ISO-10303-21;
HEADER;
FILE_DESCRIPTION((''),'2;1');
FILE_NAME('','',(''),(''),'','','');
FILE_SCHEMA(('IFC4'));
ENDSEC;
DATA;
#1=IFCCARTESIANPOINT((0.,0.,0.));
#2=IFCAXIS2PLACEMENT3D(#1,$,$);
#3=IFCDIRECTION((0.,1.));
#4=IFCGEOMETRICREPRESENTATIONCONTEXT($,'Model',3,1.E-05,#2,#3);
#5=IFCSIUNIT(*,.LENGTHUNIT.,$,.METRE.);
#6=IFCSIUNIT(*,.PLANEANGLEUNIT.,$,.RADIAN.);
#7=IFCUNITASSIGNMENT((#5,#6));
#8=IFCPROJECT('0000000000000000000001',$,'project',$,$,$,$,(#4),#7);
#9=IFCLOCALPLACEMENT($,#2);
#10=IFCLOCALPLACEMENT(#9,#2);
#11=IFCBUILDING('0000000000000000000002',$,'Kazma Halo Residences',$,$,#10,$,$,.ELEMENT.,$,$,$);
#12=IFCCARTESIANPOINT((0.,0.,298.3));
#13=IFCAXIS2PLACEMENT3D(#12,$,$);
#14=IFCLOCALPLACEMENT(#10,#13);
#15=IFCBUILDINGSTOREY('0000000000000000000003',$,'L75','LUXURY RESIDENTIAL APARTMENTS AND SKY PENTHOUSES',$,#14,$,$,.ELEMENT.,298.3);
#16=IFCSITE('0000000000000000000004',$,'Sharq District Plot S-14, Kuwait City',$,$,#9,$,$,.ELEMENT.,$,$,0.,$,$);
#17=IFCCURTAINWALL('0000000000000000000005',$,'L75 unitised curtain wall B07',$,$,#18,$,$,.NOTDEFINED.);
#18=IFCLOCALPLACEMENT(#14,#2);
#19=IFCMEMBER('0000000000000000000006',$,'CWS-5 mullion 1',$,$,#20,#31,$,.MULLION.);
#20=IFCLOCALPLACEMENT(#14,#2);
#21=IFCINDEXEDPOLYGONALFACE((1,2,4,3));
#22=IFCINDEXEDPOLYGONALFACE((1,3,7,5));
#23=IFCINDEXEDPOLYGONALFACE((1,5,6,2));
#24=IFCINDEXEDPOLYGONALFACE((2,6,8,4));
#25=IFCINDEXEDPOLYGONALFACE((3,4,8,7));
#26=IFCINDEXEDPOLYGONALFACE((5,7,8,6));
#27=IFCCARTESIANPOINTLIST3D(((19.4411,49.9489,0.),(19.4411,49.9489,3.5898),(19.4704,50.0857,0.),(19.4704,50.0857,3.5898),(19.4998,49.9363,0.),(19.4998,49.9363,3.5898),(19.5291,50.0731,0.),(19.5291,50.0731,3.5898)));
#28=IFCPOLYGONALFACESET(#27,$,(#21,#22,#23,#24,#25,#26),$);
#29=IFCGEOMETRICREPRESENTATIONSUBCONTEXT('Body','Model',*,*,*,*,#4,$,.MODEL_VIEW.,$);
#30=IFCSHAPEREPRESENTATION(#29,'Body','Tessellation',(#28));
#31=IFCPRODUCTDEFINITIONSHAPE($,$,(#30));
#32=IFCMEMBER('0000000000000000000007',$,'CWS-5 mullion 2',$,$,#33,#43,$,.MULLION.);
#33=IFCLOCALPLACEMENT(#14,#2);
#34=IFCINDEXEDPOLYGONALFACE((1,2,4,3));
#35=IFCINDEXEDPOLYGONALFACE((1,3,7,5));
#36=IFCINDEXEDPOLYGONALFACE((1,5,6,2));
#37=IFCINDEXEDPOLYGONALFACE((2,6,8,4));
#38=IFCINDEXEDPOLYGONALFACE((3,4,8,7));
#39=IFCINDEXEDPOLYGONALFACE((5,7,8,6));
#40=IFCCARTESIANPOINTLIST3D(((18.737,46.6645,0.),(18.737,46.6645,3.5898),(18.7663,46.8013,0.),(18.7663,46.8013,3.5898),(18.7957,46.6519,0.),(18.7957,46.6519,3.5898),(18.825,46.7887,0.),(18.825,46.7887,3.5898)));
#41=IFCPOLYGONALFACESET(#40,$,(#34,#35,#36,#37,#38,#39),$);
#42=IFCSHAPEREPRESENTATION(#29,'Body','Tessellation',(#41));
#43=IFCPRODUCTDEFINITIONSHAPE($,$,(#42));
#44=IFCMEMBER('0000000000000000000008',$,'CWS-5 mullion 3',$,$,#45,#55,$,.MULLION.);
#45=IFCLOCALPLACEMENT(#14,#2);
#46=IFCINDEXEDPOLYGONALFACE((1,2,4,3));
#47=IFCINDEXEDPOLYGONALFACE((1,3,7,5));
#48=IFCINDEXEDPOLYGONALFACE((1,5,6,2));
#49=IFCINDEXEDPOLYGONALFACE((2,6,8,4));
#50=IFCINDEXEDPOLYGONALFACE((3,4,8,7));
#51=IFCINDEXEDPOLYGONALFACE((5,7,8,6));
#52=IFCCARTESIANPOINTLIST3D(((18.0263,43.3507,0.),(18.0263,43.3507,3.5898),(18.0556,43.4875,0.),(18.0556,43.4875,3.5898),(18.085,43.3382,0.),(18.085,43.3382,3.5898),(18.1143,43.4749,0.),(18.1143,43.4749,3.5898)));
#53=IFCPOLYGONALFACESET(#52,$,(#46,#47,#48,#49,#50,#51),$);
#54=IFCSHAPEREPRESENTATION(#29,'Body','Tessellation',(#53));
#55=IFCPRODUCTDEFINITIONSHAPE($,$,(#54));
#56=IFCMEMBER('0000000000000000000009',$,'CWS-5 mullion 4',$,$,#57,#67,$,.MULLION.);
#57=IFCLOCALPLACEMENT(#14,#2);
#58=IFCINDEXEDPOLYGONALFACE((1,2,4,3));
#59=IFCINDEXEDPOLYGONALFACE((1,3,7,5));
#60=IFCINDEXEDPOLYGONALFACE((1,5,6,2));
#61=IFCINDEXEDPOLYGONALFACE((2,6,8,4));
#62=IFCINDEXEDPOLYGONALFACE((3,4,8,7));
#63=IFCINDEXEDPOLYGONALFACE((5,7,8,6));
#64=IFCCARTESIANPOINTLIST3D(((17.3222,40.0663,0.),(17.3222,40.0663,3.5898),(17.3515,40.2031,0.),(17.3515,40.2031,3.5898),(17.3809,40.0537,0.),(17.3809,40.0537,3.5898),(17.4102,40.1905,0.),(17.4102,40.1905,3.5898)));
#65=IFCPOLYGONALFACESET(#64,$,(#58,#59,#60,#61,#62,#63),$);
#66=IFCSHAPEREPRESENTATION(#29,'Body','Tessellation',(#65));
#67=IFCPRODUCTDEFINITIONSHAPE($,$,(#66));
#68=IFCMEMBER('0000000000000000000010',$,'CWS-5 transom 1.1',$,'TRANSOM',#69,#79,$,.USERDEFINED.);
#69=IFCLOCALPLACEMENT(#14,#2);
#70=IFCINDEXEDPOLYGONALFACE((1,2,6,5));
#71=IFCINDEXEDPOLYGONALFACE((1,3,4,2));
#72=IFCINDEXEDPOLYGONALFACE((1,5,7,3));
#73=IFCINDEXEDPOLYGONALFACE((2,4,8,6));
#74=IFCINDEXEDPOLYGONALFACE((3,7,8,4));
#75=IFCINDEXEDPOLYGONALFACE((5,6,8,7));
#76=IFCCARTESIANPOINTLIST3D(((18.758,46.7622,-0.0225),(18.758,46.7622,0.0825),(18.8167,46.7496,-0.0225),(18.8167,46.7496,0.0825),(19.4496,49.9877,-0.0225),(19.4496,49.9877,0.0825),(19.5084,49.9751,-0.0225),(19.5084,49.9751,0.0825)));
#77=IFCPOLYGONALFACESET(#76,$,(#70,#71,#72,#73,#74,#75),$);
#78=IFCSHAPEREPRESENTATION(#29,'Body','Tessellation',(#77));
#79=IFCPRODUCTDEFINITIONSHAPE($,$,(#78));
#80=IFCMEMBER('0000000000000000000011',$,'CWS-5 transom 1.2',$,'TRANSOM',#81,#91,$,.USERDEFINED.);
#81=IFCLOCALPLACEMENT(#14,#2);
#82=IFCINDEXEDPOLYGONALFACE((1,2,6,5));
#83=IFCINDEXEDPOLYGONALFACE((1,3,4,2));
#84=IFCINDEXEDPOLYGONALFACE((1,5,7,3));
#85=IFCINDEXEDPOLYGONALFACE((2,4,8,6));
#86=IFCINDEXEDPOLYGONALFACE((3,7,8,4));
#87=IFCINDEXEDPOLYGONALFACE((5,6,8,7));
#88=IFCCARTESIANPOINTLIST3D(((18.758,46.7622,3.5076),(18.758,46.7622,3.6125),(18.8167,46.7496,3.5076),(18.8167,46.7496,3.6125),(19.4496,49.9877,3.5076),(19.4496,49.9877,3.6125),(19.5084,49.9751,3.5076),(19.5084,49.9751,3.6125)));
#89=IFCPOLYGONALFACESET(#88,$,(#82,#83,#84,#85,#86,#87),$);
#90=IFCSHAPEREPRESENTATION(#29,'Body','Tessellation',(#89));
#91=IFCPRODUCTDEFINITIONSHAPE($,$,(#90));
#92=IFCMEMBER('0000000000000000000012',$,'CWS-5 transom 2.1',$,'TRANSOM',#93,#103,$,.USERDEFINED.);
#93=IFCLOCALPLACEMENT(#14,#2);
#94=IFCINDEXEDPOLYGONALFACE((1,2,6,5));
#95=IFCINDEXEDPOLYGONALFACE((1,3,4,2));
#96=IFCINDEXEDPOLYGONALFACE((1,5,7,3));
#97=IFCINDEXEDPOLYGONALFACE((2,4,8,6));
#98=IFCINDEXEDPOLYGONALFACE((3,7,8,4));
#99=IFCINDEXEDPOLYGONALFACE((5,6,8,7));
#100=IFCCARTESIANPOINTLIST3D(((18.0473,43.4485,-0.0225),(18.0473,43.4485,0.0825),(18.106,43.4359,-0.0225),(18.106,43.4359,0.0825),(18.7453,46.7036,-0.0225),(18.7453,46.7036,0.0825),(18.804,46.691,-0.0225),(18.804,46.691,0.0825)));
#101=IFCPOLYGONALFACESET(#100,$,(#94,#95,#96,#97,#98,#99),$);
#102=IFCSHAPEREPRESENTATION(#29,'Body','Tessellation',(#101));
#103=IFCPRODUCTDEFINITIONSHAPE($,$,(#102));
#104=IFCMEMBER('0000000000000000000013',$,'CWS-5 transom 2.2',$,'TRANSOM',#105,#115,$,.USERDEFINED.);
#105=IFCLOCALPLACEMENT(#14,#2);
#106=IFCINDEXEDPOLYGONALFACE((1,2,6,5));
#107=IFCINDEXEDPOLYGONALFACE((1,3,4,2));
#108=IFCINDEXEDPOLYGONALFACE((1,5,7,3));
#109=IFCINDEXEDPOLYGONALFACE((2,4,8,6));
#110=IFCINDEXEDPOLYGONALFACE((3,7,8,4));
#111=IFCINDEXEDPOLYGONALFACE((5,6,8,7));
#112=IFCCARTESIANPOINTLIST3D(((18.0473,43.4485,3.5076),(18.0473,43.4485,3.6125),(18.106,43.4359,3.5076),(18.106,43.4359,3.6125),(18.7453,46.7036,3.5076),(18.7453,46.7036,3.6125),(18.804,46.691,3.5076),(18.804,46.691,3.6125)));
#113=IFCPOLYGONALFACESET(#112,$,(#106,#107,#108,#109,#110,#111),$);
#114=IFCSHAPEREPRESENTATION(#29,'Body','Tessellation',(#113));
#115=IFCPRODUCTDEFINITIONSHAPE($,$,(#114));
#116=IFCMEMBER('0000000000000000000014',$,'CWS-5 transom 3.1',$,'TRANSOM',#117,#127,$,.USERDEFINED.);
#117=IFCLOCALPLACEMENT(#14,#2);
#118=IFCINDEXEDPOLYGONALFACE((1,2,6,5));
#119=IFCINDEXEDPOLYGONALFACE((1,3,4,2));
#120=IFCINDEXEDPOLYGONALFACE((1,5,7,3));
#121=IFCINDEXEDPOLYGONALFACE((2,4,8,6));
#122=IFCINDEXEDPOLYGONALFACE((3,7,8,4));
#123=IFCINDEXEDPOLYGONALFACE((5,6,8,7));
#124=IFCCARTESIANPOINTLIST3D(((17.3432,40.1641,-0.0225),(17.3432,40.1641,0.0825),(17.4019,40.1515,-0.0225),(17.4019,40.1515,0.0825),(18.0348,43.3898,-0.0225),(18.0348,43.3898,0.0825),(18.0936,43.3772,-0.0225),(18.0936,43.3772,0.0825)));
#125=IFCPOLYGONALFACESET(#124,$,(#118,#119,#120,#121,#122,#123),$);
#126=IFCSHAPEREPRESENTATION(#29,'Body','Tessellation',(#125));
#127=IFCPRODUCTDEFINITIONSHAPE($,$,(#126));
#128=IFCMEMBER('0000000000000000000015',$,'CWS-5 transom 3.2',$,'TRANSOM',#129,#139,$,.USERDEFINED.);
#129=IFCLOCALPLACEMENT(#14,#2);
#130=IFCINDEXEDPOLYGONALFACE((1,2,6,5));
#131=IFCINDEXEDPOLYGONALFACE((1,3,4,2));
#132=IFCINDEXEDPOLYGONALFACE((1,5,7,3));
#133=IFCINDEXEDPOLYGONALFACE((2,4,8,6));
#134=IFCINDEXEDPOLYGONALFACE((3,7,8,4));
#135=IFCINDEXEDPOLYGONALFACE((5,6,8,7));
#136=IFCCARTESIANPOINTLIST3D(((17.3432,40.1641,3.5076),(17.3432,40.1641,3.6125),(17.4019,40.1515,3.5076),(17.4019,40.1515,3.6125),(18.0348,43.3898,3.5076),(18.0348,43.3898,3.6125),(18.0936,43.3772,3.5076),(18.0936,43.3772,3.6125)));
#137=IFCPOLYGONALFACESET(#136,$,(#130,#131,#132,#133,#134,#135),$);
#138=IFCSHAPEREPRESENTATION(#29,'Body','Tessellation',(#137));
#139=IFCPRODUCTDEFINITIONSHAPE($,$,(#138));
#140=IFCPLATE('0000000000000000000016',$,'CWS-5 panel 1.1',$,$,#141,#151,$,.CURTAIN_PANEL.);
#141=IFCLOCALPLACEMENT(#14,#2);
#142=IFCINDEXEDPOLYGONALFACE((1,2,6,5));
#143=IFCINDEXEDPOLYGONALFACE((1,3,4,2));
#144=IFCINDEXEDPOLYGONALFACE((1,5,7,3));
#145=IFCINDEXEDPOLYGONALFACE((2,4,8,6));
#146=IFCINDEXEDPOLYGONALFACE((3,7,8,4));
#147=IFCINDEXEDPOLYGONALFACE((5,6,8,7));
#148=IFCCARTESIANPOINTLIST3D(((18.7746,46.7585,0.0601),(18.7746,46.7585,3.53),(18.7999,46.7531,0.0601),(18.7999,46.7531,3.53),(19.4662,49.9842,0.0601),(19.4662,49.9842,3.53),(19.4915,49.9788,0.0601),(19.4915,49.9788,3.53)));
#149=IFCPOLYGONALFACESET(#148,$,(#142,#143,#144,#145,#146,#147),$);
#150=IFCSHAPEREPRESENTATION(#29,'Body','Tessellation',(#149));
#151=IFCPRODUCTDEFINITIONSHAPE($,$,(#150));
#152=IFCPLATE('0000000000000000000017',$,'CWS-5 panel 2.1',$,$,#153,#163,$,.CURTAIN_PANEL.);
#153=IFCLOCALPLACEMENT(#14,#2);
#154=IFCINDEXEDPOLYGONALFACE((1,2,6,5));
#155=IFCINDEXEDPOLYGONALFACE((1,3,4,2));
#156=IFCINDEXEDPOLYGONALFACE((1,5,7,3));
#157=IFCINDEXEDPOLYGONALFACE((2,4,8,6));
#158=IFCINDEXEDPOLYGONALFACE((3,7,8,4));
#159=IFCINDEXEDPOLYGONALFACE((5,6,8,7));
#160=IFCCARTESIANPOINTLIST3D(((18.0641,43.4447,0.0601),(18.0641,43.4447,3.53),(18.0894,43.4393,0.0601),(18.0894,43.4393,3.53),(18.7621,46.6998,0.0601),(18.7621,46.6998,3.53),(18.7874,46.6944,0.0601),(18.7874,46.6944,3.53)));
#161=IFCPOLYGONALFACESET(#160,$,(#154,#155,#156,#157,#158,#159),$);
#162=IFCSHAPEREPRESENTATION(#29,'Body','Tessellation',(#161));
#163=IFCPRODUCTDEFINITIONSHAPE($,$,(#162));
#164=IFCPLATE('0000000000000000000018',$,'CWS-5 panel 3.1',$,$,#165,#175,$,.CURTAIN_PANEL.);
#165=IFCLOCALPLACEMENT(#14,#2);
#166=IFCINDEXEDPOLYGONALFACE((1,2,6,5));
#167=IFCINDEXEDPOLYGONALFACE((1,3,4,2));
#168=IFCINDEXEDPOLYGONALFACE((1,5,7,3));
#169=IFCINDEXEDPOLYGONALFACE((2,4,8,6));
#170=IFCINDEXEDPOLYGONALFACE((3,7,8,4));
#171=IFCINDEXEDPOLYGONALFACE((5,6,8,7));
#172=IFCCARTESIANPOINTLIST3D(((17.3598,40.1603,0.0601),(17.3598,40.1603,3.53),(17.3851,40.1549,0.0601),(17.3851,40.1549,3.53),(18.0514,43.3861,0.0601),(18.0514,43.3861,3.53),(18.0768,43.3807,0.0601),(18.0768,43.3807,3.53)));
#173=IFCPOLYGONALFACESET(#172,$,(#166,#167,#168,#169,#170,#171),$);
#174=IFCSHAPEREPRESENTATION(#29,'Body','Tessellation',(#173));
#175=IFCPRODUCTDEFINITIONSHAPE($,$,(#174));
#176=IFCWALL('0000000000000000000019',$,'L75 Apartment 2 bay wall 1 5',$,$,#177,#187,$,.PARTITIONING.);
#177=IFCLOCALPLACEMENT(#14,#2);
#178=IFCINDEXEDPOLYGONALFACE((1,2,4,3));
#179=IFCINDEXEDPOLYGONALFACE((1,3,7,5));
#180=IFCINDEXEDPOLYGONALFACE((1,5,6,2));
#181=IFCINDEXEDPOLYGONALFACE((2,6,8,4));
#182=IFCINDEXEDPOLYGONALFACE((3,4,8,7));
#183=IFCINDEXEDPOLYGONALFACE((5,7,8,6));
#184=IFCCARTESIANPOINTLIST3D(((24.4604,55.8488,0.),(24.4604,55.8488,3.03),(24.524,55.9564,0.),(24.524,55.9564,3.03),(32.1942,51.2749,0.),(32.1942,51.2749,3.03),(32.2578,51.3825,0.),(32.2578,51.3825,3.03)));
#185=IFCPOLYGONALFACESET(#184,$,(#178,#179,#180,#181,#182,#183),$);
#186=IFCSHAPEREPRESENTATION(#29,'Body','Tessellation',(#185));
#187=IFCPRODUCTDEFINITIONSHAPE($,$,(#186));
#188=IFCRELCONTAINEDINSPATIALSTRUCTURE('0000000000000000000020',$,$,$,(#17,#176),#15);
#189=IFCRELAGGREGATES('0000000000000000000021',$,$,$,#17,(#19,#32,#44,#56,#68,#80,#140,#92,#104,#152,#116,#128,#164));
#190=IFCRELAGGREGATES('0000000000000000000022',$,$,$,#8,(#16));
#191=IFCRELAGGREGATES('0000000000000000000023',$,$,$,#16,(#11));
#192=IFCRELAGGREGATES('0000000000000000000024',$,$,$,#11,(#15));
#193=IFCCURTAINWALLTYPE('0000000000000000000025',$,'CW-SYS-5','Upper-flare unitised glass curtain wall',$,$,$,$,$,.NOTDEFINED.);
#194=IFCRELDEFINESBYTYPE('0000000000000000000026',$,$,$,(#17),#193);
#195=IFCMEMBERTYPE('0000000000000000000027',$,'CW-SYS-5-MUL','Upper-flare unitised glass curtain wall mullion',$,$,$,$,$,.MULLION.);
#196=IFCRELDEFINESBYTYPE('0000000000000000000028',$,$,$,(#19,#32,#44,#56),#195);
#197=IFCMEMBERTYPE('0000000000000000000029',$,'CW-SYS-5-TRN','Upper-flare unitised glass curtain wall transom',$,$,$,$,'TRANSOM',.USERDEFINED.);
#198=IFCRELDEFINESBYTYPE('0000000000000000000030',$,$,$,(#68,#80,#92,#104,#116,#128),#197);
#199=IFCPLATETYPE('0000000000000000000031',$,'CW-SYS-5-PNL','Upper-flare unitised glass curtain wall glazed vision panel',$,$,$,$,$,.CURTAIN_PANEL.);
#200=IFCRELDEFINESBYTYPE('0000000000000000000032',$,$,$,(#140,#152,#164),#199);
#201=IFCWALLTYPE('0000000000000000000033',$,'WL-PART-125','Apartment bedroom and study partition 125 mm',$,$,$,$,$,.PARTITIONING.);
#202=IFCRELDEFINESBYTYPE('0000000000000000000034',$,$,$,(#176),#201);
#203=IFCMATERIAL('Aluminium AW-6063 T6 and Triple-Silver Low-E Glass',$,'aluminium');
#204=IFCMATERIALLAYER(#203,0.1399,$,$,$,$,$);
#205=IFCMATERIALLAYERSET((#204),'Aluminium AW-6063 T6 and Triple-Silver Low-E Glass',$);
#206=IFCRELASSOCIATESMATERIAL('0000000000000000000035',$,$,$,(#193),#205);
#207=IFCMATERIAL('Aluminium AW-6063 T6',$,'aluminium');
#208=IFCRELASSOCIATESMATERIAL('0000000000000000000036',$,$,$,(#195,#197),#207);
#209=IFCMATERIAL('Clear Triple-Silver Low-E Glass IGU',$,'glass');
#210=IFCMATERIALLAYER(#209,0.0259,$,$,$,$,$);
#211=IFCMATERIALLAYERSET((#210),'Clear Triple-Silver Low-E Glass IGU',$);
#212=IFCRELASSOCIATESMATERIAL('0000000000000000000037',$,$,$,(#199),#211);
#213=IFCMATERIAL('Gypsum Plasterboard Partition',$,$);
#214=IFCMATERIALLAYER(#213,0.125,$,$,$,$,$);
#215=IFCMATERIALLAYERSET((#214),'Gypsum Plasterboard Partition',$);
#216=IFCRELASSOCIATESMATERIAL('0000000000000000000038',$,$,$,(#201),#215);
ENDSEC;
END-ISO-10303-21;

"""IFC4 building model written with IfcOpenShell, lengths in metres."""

from ifc_helpers import new_model, si_unit, direction, frame, frame_2d, origin, origin_2d, place, context, subcontext, project, spatial, rectangle, extrude, material, layer, layer_set, material_profile, profile_set, type_object, element, aggregate, save


model = new_model("IFC4")

# Units and contexts
model_context = context("Model", 3, precision=1e-05, world=origin(), true_north=direction((0.0, 1.0)))
body_context = subcontext(model_context, "Body", "Model", "MODEL_VIEW")
ifc_project = project(units=[si_unit("LENGTHUNIT", "METRE"), si_unit("PLANEANGLEUNIT", "RADIAN")], contexts=[model_context])

# Site, building, storey
site_placement = place(None, origin())
site = spatial("IfcSite", under=ifc_project, at=site_placement, Name="Sharq District Plot S-14, Kuwait City", CompositionType="ELEMENT", RefElevation=0.0)
building_placement = place(site_placement, origin())
building = spatial("IfcBuilding", under=site, at=building_placement, Name="Kazma Halo Residences", CompositionType="ELEMENT")
storey_placement = place(building_placement, frame((0.0, 0.0, 298.3)))
storey = spatial("IfcBuildingStorey", under=building, at=storey_placement, Name="L75", Description="LUXURY RESIDENTIAL APARTMENTS AND SKY PENTHOUSES", CompositionType="ELEMENT", Elevation=298.3)

# Curtain wall, members, plates
ifc_material_1 = material(Name="Aluminium AW-6063 T6 and Triple-Silver Low-E Glass", Category="aluminium")
ifc_layer_1 = layer(ifc_material_1, 0.1399)
ifc_layer_set_1 = layer_set([ifc_layer_1], Name="Aluminium AW-6063 T6 and Triple-Silver Low-E Glass")
curtain_wall_type = type_object("IfcCurtainWallType", Name="CW-SYS-5", Description="Upper-flare unitised glass curtain wall", PredefinedType="NOTDEFINED", material=ifc_layer_set_1)
curtain_wall_placement = place(storey_placement, origin())
curtain_wall = element("IfcCurtainWall", 1, at=curtain_wall_placement, inside=storey, type_object=curtain_wall_type, Name="L75 unitised curtain wall B07", PredefinedType="NOTDEFINED")
ifc_material_2 = material(Name="Aluminium AW-6063 T6", Category="aluminium")
ifc_material_profile_1 = material_profile(ifc_material_2, rectangle(XDim=0.0601, YDim=0.1399, at=origin_2d()), Name="CWM-60x140")
ifc_profile_set_1 = profile_set([ifc_material_profile_1], Name="Aluminium AW-6063 T6")
member_type_1 = type_object("IfcMemberType", Name="CW-SYS-5-MUL", Description="Upper-flare unitised glass curtain wall mullion", PredefinedType="MULLION", material=ifc_profile_set_1)
member_1_placement = place(storey_placement, frame((19.4851, 50.011, 0.0), z_axis=(0.0, 0.0, 1.0), x_axis=(0.977775, -0.209657, 0.0)))
member_1 = element("IfcMember", 2, at=member_1_placement, type_object=member_type_1, Name="CWS-5 mullion 1", PredefinedType="MULLION", context=body_context, shape_type="SweptSolid", body=[
    extrude(rectangle(XDim=0.0601, YDim=0.1399, at=origin_2d()), origin(), (0.0, 0.0, 1.0), 3.5898),
])
member_2_placement = place(storey_placement, frame((18.781, 46.7266, 0.0), z_axis=(0.0, 0.0, 1.0), x_axis=(0.977775, -0.209657, 0.0)))
member_2 = element("IfcMember", 3, at=member_2_placement, type_object=member_type_1, Name="CWS-5 mullion 2", PredefinedType="MULLION", context=body_context, shape_type="SweptSolid", body=[
    extrude(rectangle(XDim=0.0601, YDim=0.1399, at=origin_2d()), origin(), (0.0, 0.0, 1.0), 3.5898),
])
member_3_placement = place(storey_placement, frame((18.0703, 43.4128, 0.0), z_axis=(0.0, 0.0, 1.0), x_axis=(0.977775, -0.209657, 0.0)))
member_3 = element("IfcMember", 4, at=member_3_placement, type_object=member_type_1, Name="CWS-5 mullion 3", PredefinedType="MULLION", context=body_context, shape_type="SweptSolid", body=[
    extrude(rectangle(XDim=0.0601, YDim=0.1399, at=origin_2d()), origin(), (0.0, 0.0, 1.0), 3.5898),
])
member_4_placement = place(storey_placement, frame((17.3662, 40.1284, 0.0), z_axis=(0.0, 0.0, 1.0), x_axis=(0.977775, -0.209657, 0.0)))
member_4 = element("IfcMember", 5, at=member_4_placement, type_object=member_type_1, Name="CWS-5 mullion 4", PredefinedType="MULLION", context=body_context, shape_type="SweptSolid", body=[
    extrude(rectangle(XDim=0.0601, YDim=0.1399, at=origin_2d()), origin(), (0.0, 0.0, 1.0), 3.5898),
])
ifc_material_profile_2 = material_profile(ifc_material_2, rectangle(XDim=0.0601, YDim=0.105, at=origin_2d()), Name="CWT-60x105")
ifc_profile_set_2 = profile_set([ifc_material_profile_2], Name="Aluminium AW-6063 T6")
member_type_2 = type_object("IfcMemberType", Name="CW-SYS-5-TRN", Description="Upper-flare unitised glass curtain wall transom", ElementType="TRANSOM", PredefinedType="USERDEFINED", material=ifc_profile_set_2)
member_5_placement = place(storey_placement, frame((19.479, 49.9814, 0.03), z_axis=(-0.20966, -0.977774, 0.0), x_axis=(0.977774, -0.20966, 0.0)))
member_5 = element("IfcMember", 6, at=member_5_placement, type_object=member_type_2, Name="CWS-5 transom 1.1", ObjectType="TRANSOM", PredefinedType="USERDEFINED", context=body_context, shape_type="SweptSolid", body=[
    extrude(rectangle(XDim=0.0601, YDim=0.105, at=origin_2d()), origin(), (0.0, 0.0, 1.0), 3.2988),
])
member_6_placement = place(storey_placement, frame((19.479, 49.9814, 3.5601), z_axis=(-0.20966, -0.977774, 0.0), x_axis=(0.977774, -0.20966, 0.0)))
member_6 = element("IfcMember", 7, at=member_6_placement, type_object=member_type_2, Name="CWS-5 transom 1.2", ObjectType="TRANSOM", PredefinedType="USERDEFINED", context=body_context, shape_type="SweptSolid", body=[
    extrude(rectangle(XDim=0.0601, YDim=0.105, at=origin_2d()), origin(), (0.0, 0.0, 1.0), 3.2988),
])
member_7_placement = place(storey_placement, frame((18.7747, 46.6973, 0.03), z_axis=(-0.209664, -0.977773, 0.0), x_axis=(0.977773, -0.209664, 0.0)))
member_7 = element("IfcMember", 8, at=member_7_placement, type_object=member_type_2, Name="CWS-5 transom 2.1", ObjectType="TRANSOM", PredefinedType="USERDEFINED", context=body_context, shape_type="SweptSolid", body=[
    extrude(rectangle(XDim=0.0601, YDim=0.105, at=origin_2d()), origin(), (0.0, 0.0, 1.0), 3.3291),
])
member_8_placement = place(storey_placement, frame((18.7747, 46.6973, 3.5601), z_axis=(-0.209664, -0.977773, 0.0), x_axis=(0.977773, -0.209664, 0.0)))
member_8 = element("IfcMember", 9, at=member_8_placement, type_object=member_type_2, Name="CWS-5 transom 2.2", ObjectType="TRANSOM", PredefinedType="USERDEFINED", context=body_context, shape_type="SweptSolid", body=[
    extrude(rectangle(XDim=0.0601, YDim=0.105, at=origin_2d()), origin(), (0.0, 0.0, 1.0), 3.3291),
])
member_9_placement = place(storey_placement, frame((18.0642, 43.3835, 0.03), z_axis=(-0.209645, -0.977777, 0.0), x_axis=(0.977777, -0.209645, 0.0)))
member_9 = element("IfcMember", 10, at=member_9_placement, type_object=member_type_2, Name="CWS-5 transom 3.1", ObjectType="TRANSOM", PredefinedType="USERDEFINED", context=body_context, shape_type="SweptSolid", body=[
    extrude(rectangle(XDim=0.0601, YDim=0.105, at=origin_2d()), origin(), (0.0, 0.0, 1.0), 3.2991),
])
member_10_placement = place(storey_placement, frame((18.0642, 43.3835, 3.5601), z_axis=(-0.209645, -0.977777, 0.0), x_axis=(0.977777, -0.209645, 0.0)))
member_10 = element("IfcMember", 11, at=member_10_placement, type_object=member_type_2, Name="CWS-5 transom 3.2", ObjectType="TRANSOM", PredefinedType="USERDEFINED", context=body_context, shape_type="SweptSolid", body=[
    extrude(rectangle(XDim=0.0601, YDim=0.105, at=origin_2d()), origin(), (0.0, 0.0, 1.0), 3.2991),
])
ifc_material_3 = material(Name="Clear Triple-Silver Low-E Glass IGU", Category="glass")
ifc_layer_2 = layer(ifc_material_3, 0.0259)
ifc_layer_set_2 = layer_set([ifc_layer_2], Name="Clear Triple-Silver Low-E Glass IGU")
plate_type = type_object("IfcPlateType", Name="CW-SYS-5-PNL", Description="Upper-flare unitised glass curtain wall glazed vision panel", PredefinedType="CURTAIN_PANEL", material=ifc_layer_set_2)
plate_1_placement = place(storey_placement, frame((19.1331, 48.3687, 0.0601), z_axis=(0.0, 0.0, 1.0), x_axis=(-0.209657, -0.977775, 0.0)))
plate_1 = element("IfcPlate", 12, at=plate_1_placement, type_object=plate_type, Name="CWS-5 panel 1.1", PredefinedType="CURTAIN_PANEL", context=body_context, shape_type="SweptSolid", body=[
    extrude(rectangle(XDim=3.2991, YDim=0.0259, at=origin_2d()), origin(), (0.0, 0.0, 1.0), 3.47),
])
plate_2_placement = place(storey_placement, frame((18.4258, 45.0696, 0.0601), z_axis=(0.0, 0.0, 1.0), x_axis=(-0.209657, -0.977775, 0.0)))
plate_2 = element("IfcPlate", 13, at=plate_2_placement, type_object=plate_type, Name="CWS-5 panel 2.1", PredefinedType="CURTAIN_PANEL", context=body_context, shape_type="SweptSolid", body=[
    extrude(rectangle(XDim=3.3291, YDim=0.0259, at=origin_2d()), origin(), (0.0, 0.0, 1.0), 3.47),
])
plate_3_placement = place(storey_placement, frame((17.7183, 41.7705, 0.0601), z_axis=(0.0, 0.0, 1.0), x_axis=(-0.209657, -0.977775, 0.0)))
plate_3 = element("IfcPlate", 14, at=plate_3_placement, type_object=plate_type, Name="CWS-5 panel 3.1", PredefinedType="CURTAIN_PANEL", context=body_context, shape_type="SweptSolid", body=[
    extrude(rectangle(XDim=3.2991, YDim=0.0259, at=origin_2d()), origin(), (0.0, 0.0, 1.0), 3.47),
])
aggregate(curtain_wall, [member_1, member_2, member_3, member_4, member_5, member_6, plate_1, member_7, member_8, plate_2, member_9, member_10, plate_3])

# Wall
ifc_material_4 = material(Name="Gypsum Plasterboard Partition")
ifc_layer_3 = layer(ifc_material_4, 0.125)
ifc_layer_set_3 = layer_set([ifc_layer_3], Name="Gypsum Plasterboard Partition")
wall_type = type_object("IfcWallType", Name="WL-PART-125", Description="Apartment bedroom and study partition 125 mm", PredefinedType="PARTITIONING", material=ifc_layer_set_3)
wall_1_placement = place(storey_placement, frame((32.2261, 51.3286, 0.0), z_axis=(0.0, 0.0, 1.0), x_axis=(-0.860734, 0.509055, 0.0)))
element("IfcWall", 15, at=wall_1_placement, inside=storey, type_object=wall_type, Name="L75 Apartment 2 bay wall 1 5", PredefinedType="PARTITIONING", context=body_context, shape_type="SweptSolid", body=[
    extrude(rectangle(XDim=8.9851, YDim=0.125, at=frame_2d((4.4927, 0.0))), origin(), (0.0, 0.0, 1.0), 3.03),
])

save(model, "model.ifc")
